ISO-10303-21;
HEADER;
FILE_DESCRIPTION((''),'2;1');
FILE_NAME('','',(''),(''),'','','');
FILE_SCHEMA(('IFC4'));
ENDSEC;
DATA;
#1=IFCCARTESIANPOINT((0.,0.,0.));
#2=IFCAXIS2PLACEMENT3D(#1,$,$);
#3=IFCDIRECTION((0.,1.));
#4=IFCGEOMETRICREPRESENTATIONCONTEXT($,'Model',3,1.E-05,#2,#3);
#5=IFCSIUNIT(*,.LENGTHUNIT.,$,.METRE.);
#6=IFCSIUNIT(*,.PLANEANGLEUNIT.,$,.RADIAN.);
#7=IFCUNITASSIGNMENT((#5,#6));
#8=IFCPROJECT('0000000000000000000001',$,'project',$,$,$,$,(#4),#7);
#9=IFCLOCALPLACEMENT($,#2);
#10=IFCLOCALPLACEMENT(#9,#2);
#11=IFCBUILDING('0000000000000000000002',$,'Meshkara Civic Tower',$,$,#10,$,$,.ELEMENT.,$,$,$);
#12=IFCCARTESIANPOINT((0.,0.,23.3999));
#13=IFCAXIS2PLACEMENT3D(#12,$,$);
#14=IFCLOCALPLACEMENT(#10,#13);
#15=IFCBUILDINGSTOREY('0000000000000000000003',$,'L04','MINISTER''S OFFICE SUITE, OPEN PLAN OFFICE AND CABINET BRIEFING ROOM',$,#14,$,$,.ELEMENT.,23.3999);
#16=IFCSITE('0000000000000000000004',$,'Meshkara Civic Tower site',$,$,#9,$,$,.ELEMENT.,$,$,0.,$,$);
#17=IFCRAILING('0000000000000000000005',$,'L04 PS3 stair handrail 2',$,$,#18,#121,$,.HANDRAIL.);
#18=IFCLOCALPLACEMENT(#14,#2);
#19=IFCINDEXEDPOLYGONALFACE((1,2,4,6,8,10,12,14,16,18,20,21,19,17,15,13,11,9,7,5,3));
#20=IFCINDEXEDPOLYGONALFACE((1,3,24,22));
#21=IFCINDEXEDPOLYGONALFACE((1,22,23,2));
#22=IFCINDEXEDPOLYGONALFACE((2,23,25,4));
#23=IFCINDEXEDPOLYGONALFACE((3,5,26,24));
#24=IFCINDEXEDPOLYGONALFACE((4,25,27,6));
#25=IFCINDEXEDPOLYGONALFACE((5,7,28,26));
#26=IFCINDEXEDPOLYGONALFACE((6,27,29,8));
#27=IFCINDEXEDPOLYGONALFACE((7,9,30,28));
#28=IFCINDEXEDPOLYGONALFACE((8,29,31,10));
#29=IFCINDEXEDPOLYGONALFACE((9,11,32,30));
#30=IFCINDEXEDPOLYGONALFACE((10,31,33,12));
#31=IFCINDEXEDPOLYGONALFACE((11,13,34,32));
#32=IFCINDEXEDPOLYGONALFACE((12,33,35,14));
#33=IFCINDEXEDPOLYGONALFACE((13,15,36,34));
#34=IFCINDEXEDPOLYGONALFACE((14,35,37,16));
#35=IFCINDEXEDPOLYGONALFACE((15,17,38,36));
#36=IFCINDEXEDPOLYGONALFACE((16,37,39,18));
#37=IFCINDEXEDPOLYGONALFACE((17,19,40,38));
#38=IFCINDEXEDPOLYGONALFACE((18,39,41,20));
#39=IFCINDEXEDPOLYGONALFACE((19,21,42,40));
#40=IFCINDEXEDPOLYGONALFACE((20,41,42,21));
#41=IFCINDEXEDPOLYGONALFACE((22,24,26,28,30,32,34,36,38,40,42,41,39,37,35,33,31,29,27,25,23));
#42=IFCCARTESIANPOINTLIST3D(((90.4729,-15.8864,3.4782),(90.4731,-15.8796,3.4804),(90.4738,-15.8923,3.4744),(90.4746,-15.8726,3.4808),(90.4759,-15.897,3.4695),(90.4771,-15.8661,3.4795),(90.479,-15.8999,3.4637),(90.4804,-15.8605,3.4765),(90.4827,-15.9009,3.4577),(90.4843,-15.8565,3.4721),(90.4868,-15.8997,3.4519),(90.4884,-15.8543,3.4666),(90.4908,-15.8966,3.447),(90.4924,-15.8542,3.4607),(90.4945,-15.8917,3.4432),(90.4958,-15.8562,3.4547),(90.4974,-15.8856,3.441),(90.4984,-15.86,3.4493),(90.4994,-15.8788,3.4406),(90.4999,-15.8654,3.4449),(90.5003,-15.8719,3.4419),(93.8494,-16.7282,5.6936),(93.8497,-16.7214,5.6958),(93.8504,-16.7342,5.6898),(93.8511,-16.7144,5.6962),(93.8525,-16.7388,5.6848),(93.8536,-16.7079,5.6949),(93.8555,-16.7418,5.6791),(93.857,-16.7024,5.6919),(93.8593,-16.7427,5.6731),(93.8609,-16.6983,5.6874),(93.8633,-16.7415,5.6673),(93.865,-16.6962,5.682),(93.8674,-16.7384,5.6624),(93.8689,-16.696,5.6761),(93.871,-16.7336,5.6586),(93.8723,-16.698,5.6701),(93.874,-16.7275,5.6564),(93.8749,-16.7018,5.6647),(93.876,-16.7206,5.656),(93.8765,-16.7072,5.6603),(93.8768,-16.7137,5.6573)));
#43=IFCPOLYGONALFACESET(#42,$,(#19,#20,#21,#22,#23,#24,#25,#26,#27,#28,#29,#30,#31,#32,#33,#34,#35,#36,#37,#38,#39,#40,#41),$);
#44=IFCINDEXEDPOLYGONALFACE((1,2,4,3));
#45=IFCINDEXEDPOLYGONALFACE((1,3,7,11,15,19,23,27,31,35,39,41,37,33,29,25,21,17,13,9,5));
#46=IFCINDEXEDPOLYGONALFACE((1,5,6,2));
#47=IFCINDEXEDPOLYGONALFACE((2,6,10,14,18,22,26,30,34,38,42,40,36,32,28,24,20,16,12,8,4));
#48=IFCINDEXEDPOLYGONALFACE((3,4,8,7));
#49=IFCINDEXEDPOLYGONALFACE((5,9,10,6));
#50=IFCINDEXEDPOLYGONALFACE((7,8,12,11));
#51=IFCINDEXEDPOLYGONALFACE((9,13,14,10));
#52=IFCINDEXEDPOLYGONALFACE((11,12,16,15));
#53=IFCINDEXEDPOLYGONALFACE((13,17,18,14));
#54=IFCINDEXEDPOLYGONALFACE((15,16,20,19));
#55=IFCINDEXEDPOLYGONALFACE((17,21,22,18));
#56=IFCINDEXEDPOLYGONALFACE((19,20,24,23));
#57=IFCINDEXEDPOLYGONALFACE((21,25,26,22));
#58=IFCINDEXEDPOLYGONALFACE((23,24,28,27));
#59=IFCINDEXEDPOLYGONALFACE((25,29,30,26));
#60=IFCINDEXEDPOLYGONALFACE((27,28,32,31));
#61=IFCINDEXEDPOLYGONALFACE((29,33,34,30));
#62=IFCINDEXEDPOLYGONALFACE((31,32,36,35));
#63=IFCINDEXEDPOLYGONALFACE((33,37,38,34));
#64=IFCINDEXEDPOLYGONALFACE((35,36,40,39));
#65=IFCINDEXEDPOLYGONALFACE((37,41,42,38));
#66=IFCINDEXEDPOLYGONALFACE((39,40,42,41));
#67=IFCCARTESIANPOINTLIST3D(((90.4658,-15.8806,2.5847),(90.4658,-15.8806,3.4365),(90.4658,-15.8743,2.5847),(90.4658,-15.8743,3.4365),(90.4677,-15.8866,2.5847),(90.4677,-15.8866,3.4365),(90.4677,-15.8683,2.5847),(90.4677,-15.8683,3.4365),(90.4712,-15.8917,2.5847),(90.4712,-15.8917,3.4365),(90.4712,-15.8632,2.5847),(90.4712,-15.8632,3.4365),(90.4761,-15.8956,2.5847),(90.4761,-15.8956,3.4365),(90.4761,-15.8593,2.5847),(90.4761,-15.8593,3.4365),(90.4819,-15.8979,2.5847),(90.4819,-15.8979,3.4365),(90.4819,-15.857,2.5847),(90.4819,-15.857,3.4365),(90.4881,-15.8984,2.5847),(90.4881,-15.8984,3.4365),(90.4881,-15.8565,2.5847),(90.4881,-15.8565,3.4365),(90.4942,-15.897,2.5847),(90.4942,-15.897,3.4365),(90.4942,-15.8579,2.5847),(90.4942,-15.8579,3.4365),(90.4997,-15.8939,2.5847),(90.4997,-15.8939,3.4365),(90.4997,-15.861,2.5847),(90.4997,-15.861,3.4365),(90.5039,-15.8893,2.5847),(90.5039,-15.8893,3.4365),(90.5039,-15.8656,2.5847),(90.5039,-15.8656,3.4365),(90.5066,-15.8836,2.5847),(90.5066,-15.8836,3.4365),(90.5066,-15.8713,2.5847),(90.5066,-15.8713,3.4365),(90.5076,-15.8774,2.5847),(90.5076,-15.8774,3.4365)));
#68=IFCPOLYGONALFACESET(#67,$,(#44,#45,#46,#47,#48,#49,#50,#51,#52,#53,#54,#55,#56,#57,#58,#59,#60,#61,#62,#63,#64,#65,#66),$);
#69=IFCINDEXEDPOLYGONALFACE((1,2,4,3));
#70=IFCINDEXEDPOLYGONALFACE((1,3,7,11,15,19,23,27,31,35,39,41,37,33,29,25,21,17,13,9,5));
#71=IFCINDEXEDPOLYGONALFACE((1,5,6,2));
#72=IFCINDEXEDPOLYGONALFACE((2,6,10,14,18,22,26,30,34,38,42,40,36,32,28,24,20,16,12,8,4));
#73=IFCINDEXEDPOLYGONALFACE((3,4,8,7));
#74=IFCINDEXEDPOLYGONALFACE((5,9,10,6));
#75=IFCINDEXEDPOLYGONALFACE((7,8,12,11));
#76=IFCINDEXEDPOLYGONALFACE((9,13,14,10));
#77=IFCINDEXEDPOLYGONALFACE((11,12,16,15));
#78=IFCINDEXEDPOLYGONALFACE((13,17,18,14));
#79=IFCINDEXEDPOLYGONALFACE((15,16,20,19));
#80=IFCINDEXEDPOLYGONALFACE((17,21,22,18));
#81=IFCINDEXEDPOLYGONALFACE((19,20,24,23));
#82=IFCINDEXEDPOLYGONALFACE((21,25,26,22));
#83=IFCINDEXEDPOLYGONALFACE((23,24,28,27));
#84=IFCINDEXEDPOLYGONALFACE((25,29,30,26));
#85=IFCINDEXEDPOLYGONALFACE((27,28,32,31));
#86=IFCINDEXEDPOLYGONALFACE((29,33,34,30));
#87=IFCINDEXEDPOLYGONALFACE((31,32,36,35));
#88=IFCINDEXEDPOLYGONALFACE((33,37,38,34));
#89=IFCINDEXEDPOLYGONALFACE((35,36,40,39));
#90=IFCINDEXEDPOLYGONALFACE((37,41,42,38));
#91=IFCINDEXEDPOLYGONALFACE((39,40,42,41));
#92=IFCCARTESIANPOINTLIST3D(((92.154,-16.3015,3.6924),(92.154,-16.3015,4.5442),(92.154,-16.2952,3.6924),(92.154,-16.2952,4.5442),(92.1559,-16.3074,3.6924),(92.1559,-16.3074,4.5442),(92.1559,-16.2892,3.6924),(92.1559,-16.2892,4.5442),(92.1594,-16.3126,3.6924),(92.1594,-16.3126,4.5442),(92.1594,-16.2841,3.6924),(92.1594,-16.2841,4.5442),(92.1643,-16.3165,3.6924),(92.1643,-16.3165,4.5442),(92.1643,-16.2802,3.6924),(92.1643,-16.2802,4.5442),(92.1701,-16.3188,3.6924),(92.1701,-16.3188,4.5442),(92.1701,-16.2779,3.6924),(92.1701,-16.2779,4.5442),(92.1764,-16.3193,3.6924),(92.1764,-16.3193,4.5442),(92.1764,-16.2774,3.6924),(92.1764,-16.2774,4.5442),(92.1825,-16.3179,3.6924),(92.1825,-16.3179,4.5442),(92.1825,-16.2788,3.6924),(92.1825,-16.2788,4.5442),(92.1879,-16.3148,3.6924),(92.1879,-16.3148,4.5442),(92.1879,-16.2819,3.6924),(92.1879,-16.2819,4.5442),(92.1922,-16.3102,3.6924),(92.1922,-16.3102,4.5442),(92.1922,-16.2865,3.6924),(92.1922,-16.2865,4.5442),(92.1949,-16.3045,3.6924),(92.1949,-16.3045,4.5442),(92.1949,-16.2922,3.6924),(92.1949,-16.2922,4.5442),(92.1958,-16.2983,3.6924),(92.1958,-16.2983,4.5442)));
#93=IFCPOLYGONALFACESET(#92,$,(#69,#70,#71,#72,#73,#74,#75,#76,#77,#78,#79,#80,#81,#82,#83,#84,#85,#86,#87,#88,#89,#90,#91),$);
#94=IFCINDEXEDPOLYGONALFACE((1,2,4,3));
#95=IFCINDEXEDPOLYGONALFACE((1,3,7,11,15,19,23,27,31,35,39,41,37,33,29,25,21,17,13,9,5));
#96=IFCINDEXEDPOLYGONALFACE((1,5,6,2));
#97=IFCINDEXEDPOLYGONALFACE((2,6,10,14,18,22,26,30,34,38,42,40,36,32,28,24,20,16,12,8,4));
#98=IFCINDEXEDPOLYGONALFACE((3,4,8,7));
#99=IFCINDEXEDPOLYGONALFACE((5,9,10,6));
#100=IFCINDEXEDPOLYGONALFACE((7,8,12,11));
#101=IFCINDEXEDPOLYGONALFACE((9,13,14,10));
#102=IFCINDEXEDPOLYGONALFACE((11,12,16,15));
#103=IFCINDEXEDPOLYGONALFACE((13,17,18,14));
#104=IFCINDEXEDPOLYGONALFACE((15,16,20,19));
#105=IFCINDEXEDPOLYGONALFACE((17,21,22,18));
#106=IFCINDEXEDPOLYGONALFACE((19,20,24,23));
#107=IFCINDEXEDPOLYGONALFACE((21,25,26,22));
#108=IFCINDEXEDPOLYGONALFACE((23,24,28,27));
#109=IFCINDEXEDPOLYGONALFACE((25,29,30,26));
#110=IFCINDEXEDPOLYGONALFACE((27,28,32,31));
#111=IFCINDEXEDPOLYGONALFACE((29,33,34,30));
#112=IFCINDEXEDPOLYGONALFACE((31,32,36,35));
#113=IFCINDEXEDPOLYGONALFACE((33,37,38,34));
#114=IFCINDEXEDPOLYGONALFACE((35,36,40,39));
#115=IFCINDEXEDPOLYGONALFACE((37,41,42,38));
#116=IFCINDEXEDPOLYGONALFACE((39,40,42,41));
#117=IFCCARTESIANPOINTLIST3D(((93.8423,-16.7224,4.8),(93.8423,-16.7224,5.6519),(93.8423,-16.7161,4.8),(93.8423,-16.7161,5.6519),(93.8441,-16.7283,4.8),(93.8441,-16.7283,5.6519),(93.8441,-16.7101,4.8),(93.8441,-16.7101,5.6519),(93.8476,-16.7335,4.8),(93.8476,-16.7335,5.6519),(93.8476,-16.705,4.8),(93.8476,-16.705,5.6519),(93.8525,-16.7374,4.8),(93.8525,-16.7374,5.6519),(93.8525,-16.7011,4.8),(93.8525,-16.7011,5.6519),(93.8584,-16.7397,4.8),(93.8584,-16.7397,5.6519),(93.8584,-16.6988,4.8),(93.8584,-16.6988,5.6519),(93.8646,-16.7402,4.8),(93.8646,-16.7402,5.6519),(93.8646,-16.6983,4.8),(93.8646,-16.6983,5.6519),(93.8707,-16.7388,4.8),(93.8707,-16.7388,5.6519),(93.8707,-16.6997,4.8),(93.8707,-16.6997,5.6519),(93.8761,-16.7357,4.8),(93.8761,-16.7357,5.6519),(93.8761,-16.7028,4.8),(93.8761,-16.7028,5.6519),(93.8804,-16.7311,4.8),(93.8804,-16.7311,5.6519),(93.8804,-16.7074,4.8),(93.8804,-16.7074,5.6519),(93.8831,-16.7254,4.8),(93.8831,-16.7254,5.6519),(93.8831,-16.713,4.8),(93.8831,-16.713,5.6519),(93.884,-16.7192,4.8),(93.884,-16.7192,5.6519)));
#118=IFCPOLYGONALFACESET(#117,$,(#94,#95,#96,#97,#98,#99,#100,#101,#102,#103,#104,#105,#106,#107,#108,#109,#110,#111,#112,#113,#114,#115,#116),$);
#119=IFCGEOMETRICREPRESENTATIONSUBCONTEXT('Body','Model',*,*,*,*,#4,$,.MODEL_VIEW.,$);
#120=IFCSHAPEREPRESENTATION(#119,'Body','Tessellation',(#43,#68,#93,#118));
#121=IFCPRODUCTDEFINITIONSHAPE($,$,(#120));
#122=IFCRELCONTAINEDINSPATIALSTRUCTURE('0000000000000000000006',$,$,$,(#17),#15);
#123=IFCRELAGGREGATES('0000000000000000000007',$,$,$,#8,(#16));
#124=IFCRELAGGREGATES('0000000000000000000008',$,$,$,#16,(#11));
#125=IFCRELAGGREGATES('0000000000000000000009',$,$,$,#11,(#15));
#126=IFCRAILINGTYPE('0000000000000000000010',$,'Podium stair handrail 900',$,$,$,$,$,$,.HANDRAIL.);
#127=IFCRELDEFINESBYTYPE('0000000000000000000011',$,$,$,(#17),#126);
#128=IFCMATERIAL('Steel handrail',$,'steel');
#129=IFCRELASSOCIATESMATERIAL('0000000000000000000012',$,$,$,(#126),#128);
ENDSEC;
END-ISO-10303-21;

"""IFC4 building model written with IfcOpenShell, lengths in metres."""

from ifc_helpers import new_model, si_unit, direction, frame, origin, origin_2d, place, context, subcontext, project, spatial, circle, extrude, material, type_object, element, save


model = new_model("IFC4")

# Units and contexts
model_context = context("Model", 3, precision=1e-05, world=origin(), true_north=direction((0.0, 1.0)))
body_context = subcontext(model_context, "Body", "Model", "MODEL_VIEW")
ifc_project = project(units=[si_unit("LENGTHUNIT", "METRE"), si_unit("PLANEANGLEUNIT", "RADIAN")], contexts=[model_context])

# Site, building, storey
site_placement = place(None, origin())
site = spatial("IfcSite", under=ifc_project, at=site_placement, Name="Meshkara Civic Tower site", CompositionType="ELEMENT", RefElevation=0.0)
building_placement = place(site_placement, origin())
building = spatial("IfcBuilding", under=site, at=building_placement, Name="Meshkara Civic Tower", CompositionType="ELEMENT")
storey_placement = place(building_placement, frame((0.0, 0.0, 23.3999)))
storey = spatial("IfcBuildingStorey", under=building, at=storey_placement, Name="L04", Description="MINISTER'S OFFICE SUITE, OPEN PLAN OFFICE AND CABINET BRIEFING ROOM", CompositionType="ELEMENT", Elevation=23.3999)

# Railing
ifc_material_1 = material(Name="Steel handrail", Category="steel")
railing_type_1 = type_object("IfcRailingType", Name="Podium stair handrail 900", PredefinedType="HANDRAIL", material=ifc_material_1)
railing_1_placement = place(storey_placement, frame((90.4866, -15.8774, 2.5847)))
element("IfcRailing", 1, at=railing_1_placement, inside=storey, type_object=railing_type_1, Name="L04 PS3 stair handrail 2", PredefinedType="HANDRAIL", context=body_context, shape_type="SweptSolid", body=[
    extrude(circle(Radius=0.0239, at=origin_2d()), frame((0.0, 0.0, 0.876), z_axis=(0.818508, -0.204065, 0.537031), x_axis=(0.241908, 0.970299, 0.0)), (0.0, 0.0, 1.0), 4.1252),
    extrude(circle(Radius=0.021, at=origin_2d()), origin(), (0.0, 0.0, 1.0), 0.8518),
    extrude(circle(Radius=0.021, at=origin_2d()), frame((1.6882, -0.4209, 1.1077)), (0.0, 0.0, 1.0), 0.8518),
    extrude(circle(Radius=0.021, at=origin_2d()), frame((3.3765, -0.8418, 2.2153)), (0.0, 0.0, 1.0), 0.8518),
])

save(model, "model.ifc")
